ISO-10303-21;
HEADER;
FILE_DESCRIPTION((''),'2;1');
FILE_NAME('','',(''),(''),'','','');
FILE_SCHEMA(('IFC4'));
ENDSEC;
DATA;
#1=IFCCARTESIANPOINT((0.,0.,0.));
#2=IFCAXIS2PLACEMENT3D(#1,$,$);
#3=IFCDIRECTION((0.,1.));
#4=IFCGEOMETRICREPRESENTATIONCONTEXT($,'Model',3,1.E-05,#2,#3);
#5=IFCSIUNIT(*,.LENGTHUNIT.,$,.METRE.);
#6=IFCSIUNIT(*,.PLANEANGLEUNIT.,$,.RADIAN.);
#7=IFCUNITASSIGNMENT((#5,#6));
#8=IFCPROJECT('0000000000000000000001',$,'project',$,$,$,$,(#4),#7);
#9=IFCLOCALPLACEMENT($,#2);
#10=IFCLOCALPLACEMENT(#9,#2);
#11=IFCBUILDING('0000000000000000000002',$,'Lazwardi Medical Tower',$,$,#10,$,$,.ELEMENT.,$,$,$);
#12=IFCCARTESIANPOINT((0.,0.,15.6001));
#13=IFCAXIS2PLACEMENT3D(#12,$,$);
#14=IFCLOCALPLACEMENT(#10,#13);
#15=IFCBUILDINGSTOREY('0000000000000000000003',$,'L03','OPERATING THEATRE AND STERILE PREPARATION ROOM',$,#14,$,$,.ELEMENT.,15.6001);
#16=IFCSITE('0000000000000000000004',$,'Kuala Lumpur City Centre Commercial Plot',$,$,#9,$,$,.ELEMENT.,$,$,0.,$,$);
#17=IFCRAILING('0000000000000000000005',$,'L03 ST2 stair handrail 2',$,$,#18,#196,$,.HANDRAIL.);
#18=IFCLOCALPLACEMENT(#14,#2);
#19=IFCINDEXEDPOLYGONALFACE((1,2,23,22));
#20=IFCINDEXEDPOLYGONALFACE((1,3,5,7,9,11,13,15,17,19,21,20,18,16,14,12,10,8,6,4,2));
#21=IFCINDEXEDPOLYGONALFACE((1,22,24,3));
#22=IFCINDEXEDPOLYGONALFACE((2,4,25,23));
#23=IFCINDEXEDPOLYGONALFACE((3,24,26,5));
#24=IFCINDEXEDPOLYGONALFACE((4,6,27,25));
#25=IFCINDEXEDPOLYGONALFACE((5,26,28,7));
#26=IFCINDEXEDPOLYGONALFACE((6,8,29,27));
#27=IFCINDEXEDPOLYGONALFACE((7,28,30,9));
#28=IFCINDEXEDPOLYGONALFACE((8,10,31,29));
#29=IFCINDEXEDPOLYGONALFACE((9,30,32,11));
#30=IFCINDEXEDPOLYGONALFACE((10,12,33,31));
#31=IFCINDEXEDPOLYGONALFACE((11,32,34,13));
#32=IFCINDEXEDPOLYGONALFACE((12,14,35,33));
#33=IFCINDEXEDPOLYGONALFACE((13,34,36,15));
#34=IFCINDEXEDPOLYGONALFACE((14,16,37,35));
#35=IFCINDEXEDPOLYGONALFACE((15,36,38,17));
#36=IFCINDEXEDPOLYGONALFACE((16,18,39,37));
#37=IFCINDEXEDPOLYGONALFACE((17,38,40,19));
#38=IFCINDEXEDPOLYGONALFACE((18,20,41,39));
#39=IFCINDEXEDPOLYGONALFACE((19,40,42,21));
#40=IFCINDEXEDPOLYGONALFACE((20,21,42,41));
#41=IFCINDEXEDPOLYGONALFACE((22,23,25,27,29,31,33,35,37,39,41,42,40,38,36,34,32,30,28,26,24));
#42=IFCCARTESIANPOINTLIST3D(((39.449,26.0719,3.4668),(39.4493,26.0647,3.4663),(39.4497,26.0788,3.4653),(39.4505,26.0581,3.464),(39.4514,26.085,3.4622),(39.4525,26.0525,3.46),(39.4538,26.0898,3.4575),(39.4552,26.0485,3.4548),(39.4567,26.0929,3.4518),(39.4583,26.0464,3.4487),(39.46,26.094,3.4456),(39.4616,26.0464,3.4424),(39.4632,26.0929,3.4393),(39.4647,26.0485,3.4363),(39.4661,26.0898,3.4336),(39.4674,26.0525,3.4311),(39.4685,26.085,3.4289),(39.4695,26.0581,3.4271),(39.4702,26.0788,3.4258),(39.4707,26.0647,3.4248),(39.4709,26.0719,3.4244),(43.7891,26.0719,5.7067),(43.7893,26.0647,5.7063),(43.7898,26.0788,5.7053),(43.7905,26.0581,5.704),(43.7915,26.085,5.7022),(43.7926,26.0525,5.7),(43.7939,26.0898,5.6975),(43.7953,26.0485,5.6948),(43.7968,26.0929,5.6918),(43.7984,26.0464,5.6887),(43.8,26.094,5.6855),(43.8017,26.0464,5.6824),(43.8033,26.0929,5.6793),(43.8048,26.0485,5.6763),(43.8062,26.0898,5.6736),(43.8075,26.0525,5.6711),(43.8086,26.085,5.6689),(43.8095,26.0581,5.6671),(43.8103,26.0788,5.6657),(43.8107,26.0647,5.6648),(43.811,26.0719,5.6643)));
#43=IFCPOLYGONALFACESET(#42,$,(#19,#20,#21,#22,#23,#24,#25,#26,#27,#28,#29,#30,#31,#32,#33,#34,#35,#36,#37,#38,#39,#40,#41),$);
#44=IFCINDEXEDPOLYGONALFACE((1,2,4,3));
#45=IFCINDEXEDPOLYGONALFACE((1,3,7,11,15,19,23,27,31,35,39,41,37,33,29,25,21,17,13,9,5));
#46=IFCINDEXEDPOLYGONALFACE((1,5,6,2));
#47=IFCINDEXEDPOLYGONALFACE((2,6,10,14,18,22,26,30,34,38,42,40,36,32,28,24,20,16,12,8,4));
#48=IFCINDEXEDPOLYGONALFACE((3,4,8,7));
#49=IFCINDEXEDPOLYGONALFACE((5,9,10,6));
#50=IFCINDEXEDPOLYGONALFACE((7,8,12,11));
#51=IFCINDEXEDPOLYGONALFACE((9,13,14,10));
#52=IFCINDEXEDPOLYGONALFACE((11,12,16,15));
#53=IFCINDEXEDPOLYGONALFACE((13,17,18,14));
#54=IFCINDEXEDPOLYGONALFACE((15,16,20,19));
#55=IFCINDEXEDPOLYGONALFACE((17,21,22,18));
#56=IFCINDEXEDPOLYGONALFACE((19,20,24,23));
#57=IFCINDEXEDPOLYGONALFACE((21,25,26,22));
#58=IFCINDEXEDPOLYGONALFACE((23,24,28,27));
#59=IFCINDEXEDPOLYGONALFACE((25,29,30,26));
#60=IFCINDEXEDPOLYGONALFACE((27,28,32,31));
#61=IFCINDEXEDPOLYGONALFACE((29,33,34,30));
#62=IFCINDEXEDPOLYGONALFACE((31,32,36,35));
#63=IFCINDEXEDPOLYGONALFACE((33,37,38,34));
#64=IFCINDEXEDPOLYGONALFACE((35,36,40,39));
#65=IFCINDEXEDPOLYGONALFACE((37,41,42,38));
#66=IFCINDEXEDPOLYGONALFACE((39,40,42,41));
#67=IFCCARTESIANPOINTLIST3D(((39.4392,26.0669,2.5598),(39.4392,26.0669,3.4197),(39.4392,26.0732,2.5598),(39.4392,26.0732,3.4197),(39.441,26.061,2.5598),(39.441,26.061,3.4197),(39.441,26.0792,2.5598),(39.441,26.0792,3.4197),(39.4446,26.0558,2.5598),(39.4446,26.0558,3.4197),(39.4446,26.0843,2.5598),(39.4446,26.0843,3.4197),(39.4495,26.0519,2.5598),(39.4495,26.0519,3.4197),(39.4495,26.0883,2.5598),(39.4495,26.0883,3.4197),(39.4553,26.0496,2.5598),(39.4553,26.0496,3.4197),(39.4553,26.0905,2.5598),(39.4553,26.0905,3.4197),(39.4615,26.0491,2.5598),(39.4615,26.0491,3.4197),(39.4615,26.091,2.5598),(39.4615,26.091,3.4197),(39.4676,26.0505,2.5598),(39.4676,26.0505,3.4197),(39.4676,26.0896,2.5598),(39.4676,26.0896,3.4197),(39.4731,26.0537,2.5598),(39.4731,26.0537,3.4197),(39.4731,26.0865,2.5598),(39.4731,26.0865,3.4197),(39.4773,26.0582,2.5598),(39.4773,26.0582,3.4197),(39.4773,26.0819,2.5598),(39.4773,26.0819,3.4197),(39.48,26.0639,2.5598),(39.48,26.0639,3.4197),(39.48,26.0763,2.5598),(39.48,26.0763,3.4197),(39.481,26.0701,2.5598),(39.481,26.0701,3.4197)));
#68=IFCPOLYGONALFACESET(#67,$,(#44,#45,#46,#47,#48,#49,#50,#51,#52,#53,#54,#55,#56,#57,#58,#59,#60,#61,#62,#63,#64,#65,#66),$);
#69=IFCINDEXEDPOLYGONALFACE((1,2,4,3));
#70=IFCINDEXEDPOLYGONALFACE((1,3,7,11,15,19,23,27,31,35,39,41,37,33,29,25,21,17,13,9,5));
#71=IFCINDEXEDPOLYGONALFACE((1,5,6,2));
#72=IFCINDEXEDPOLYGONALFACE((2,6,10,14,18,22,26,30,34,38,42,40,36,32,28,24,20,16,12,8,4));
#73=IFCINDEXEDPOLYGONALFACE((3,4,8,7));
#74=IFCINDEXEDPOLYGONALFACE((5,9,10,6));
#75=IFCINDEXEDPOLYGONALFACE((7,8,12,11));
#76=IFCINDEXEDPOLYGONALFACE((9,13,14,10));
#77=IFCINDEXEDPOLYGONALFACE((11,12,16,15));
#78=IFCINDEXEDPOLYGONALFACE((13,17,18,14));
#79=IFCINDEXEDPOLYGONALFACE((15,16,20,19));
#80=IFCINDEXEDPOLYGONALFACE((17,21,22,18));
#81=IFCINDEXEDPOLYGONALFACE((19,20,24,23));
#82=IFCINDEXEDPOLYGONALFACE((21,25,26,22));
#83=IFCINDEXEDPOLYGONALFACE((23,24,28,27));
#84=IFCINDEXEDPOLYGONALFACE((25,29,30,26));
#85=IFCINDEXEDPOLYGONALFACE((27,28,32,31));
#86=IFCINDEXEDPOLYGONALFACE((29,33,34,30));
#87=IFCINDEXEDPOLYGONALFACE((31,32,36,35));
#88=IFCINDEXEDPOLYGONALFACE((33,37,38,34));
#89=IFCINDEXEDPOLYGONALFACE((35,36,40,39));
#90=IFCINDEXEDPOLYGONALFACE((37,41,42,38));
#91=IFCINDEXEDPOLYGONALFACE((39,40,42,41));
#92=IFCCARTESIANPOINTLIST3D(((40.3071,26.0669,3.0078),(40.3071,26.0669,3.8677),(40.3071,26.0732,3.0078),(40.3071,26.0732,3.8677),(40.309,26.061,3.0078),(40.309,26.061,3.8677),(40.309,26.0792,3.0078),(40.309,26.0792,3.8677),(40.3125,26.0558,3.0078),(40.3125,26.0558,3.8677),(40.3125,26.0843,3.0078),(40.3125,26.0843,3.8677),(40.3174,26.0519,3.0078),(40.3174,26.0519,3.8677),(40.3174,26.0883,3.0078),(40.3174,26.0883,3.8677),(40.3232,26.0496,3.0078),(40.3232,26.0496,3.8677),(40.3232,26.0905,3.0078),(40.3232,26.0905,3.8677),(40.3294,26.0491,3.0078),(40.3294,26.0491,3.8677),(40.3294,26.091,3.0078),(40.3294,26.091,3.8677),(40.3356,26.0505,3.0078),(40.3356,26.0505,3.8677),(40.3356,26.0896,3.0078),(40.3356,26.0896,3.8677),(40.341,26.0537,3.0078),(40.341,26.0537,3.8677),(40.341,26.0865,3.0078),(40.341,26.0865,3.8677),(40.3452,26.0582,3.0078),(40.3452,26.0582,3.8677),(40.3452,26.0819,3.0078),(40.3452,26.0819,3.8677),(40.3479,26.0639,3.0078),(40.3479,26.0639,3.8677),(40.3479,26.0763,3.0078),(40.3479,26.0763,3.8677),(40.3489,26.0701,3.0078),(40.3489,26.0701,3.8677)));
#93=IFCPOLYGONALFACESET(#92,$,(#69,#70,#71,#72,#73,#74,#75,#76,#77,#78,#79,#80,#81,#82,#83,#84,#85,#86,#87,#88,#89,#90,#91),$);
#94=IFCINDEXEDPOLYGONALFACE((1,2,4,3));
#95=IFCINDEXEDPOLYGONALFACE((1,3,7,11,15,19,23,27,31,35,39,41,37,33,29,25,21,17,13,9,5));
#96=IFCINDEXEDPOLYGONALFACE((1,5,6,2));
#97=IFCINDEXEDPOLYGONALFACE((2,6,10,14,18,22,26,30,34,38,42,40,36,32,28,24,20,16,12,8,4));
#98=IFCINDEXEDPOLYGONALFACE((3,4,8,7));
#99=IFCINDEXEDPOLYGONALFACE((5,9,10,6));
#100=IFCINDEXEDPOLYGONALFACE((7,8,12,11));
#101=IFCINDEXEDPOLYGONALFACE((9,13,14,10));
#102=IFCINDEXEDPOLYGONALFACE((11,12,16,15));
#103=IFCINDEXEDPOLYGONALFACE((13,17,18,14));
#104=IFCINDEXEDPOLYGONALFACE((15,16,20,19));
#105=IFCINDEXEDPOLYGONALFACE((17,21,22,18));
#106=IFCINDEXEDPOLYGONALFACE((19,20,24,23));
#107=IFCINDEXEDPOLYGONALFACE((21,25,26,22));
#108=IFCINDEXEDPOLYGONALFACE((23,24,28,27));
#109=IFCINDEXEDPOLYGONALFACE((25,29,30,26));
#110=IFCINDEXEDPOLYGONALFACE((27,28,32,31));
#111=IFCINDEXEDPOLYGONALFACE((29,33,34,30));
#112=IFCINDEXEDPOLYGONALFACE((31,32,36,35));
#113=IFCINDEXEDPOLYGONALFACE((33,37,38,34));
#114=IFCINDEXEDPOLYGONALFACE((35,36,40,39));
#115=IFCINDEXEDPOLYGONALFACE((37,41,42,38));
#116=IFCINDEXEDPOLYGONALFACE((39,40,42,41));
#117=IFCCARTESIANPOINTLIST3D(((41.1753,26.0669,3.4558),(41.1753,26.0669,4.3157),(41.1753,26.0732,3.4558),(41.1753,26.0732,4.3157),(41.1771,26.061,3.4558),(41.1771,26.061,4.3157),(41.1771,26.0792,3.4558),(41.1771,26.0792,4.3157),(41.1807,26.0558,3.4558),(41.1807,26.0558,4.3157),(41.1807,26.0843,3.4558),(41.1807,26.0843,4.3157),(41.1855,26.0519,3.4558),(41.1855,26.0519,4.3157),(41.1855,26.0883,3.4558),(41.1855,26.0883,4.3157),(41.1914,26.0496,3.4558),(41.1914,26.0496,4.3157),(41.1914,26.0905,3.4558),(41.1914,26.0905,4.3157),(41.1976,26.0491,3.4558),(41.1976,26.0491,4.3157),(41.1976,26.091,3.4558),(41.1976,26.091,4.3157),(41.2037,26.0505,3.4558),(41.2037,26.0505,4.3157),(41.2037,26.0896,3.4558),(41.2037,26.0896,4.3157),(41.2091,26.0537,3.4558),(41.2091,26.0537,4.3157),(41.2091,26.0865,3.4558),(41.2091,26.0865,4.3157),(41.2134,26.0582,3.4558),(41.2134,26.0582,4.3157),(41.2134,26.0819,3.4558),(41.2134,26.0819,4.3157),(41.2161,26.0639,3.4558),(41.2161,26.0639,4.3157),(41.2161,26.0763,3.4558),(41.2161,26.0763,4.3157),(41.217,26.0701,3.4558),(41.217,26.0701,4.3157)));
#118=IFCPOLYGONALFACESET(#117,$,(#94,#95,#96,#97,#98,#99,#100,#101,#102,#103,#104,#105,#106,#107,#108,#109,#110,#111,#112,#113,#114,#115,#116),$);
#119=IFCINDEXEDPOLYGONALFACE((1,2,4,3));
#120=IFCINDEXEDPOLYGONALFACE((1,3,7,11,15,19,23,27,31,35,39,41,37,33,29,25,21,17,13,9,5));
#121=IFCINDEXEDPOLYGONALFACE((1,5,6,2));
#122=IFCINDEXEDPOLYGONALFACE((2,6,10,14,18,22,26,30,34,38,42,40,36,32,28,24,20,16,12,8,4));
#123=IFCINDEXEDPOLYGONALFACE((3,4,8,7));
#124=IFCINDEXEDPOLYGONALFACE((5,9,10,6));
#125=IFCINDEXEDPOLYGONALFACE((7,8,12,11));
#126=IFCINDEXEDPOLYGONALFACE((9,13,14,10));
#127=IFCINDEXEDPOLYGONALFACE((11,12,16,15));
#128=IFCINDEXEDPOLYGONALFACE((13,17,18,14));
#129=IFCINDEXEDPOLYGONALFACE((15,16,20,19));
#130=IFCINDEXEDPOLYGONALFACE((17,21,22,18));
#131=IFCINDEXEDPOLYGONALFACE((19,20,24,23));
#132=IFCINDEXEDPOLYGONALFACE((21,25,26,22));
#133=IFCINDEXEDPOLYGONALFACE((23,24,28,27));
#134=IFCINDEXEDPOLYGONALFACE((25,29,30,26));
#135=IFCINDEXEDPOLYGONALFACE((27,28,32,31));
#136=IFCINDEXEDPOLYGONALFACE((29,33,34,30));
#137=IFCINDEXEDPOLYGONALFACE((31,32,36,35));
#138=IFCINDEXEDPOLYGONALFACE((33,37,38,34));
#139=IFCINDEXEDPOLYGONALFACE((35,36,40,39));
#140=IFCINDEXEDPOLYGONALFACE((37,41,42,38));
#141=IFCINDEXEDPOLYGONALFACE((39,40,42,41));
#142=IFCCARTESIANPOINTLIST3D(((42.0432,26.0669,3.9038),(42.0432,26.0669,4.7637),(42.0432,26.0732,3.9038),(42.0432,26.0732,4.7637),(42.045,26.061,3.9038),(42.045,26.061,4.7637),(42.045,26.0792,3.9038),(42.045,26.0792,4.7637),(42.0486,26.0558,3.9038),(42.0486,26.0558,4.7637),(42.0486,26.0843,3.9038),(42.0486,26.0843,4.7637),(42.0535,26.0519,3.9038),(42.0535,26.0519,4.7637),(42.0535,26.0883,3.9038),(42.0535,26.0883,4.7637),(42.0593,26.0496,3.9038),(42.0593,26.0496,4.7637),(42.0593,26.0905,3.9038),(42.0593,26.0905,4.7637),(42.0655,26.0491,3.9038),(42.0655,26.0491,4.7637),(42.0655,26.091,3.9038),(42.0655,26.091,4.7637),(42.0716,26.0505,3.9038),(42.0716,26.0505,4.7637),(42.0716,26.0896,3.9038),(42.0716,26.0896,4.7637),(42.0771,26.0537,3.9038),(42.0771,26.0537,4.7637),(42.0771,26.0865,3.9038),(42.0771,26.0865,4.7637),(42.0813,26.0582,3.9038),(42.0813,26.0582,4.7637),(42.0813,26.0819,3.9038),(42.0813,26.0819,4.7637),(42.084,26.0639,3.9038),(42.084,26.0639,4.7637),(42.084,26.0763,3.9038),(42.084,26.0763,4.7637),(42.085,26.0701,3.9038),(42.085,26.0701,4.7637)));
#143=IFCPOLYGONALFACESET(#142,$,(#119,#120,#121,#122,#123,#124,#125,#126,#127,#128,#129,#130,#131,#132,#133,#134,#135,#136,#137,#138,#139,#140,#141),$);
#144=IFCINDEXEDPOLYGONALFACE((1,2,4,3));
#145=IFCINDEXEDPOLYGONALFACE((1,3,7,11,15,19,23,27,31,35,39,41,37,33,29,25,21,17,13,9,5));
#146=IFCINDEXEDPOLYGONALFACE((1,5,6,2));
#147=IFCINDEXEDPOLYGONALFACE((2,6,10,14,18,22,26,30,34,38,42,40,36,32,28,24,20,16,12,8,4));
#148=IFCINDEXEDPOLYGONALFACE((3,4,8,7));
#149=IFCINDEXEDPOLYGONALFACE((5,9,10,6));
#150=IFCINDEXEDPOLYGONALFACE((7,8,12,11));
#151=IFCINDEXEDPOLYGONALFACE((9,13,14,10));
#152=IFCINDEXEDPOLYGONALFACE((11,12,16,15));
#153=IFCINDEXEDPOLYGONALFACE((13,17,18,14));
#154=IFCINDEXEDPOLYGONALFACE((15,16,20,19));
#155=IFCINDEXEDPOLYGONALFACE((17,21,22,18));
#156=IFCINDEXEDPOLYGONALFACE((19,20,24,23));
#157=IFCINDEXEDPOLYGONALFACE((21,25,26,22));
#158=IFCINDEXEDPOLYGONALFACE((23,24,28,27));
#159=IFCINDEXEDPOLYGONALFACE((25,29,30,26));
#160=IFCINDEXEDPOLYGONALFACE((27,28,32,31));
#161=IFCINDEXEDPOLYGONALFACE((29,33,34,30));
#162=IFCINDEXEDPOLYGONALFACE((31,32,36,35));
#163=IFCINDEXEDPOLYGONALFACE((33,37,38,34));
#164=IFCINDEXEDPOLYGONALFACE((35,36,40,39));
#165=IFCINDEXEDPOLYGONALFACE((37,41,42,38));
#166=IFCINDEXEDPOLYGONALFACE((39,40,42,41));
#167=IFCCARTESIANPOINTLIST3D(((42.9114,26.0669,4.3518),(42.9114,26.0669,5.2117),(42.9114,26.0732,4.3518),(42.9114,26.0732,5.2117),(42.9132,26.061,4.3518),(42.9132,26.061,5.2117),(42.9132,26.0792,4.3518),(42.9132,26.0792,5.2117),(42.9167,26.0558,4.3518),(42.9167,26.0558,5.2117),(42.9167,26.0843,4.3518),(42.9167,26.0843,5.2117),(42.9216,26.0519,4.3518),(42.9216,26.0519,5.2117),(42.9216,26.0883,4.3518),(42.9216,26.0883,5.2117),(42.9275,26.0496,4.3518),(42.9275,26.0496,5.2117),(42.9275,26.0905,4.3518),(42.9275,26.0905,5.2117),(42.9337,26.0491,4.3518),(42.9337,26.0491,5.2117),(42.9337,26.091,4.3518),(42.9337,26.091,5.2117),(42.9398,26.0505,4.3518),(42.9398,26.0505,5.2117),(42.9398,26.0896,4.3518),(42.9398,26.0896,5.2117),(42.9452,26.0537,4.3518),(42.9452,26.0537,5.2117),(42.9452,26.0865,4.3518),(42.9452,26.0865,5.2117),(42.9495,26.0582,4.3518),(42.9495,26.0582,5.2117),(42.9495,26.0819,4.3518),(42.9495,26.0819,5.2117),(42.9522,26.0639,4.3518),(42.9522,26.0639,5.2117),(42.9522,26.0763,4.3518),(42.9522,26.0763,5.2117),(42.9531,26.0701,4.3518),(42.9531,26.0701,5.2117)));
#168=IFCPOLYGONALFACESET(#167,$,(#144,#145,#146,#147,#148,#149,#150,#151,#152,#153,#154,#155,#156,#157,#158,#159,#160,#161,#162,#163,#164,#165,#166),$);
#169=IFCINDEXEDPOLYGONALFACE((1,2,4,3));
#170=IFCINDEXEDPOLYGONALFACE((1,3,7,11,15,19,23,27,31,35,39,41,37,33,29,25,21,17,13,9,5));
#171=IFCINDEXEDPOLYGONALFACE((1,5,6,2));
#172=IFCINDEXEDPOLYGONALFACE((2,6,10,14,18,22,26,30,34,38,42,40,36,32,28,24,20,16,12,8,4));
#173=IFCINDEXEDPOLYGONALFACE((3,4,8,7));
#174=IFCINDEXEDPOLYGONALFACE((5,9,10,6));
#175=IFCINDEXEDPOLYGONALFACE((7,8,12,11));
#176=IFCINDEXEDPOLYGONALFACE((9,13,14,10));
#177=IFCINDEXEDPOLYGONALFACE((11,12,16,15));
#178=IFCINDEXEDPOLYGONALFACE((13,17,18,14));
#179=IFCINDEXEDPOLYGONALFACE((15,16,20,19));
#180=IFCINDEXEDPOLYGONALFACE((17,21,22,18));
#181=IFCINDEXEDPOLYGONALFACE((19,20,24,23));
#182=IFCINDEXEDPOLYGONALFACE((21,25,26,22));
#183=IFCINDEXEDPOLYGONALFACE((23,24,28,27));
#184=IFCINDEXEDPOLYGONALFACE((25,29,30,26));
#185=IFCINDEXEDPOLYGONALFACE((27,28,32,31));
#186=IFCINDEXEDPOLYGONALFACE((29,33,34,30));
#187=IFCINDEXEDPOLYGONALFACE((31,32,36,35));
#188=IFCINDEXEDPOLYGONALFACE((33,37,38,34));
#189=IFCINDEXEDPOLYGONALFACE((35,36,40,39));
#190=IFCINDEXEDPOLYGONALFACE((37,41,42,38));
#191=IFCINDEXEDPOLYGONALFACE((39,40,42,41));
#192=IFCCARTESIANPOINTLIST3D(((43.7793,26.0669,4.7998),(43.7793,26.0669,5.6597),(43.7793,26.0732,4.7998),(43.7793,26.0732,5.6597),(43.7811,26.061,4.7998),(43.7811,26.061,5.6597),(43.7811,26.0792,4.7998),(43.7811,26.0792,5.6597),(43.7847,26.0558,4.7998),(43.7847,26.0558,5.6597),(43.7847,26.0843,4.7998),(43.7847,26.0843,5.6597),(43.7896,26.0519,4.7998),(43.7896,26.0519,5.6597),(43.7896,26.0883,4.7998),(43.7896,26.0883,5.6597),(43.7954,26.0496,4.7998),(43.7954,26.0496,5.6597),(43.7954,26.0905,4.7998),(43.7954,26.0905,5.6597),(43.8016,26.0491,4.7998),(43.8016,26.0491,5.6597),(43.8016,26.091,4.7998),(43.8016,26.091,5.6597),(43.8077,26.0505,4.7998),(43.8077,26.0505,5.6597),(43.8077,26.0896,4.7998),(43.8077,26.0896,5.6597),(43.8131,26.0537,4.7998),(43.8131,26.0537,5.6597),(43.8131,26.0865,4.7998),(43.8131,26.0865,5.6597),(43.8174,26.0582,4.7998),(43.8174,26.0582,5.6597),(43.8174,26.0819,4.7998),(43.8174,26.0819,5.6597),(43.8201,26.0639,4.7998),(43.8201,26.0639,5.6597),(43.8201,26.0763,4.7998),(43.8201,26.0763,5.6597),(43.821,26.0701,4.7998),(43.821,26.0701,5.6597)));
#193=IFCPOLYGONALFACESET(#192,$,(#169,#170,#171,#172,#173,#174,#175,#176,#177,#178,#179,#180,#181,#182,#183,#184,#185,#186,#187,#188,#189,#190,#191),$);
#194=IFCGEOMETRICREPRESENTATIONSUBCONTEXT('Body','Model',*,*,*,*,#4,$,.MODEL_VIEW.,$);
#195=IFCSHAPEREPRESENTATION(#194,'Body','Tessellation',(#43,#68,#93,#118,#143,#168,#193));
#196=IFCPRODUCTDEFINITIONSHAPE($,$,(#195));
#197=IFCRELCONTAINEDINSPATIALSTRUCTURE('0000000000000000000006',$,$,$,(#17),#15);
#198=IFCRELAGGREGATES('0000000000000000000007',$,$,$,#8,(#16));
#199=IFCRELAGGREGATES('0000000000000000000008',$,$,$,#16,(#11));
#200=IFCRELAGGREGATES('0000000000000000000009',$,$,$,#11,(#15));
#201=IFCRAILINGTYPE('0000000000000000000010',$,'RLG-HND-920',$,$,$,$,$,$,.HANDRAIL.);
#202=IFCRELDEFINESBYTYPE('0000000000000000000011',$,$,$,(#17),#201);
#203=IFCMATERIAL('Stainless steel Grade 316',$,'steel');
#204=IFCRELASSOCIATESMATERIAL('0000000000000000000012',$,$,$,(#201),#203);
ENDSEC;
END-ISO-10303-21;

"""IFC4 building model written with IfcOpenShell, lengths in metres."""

from ifc_helpers import new_model, si_unit, direction, frame, origin, origin_2d, place, context, subcontext, project, spatial, circle, extrude, material, type_object, element, save


model = new_model("IFC4")

# Units and contexts
model_context = context("Model", 3, precision=1e-05, world=origin(), true_north=direction((0.0, 1.0)))
body_context = subcontext(model_context, "Body", "Model", "MODEL_VIEW")
ifc_project = project(units=[si_unit("LENGTHUNIT", "METRE"), si_unit("PLANEANGLEUNIT", "RADIAN")], contexts=[model_context])

# Site, building, storey
site_placement = place(None, origin())
site = spatial("IfcSite", under=ifc_project, at=site_placement, Name="Kuala Lumpur City Centre Commercial Plot", CompositionType="ELEMENT", RefElevation=0.0)
building_placement = place(site_placement, origin())
building = spatial("IfcBuilding", under=site, at=building_placement, Name="Lazwardi Medical Tower", CompositionType="ELEMENT")
storey_placement = place(building_placement, frame((0.0, 0.0, 15.6001)))
storey = spatial("IfcBuildingStorey", under=building, at=storey_placement, Name="L03", Description="OPERATING THEATRE AND STERILE PREPARATION ROOM", CompositionType="ELEMENT", Elevation=15.6001)

# Railing
ifc_material_1 = material(Name="Stainless steel Grade 316", Category="steel")
railing_type_1 = type_object("IfcRailingType", Name="RLG-HND-920", PredefinedType="HANDRAIL", material=ifc_material_1)
railing_1_placement = place(storey_placement, frame((39.46, 26.0701, 2.5598)))
element("IfcRailing", 1, at=railing_1_placement, inside=storey, type_object=railing_type_1, Name="L03 ST2 stair handrail 2", PredefinedType="HANDRAIL", context=body_context, shape_type="SweptSolid", body=[
    extrude(circle(Radius=0.0239, at=origin_2d()), frame((0.0, 0.0, 0.8857), z_axis=(0.888625, 0.0, 0.458634), x_axis=(0.0, 1.0, 0.0)), (0.0, 0.0, 1.0), 4.884),
    extrude(circle(Radius=0.021, at=origin_2d()), origin(), (0.0, 0.0, 1.0), 0.8599),
    extrude(circle(Radius=0.021, at=origin_2d()), frame((0.8679, 0.0, 0.448)), (0.0, 0.0, 1.0), 0.8599),
    extrude(circle(Radius=0.021, at=origin_2d()), frame((1.7361, 0.0, 0.896)), (0.0, 0.0, 1.0), 0.8599),
    extrude(circle(Radius=0.021, at=origin_2d()), frame((2.604, 0.0, 1.344)), (0.0, 0.0, 1.0), 0.8599),
    extrude(circle(Radius=0.021, at=origin_2d()), frame((3.4722, 0.0, 1.792)), (0.0, 0.0, 1.0), 0.8599),
    extrude(circle(Radius=0.021, at=origin_2d()), frame((4.3401, 0.0, 2.24)), (0.0, 0.0, 1.0), 0.8599),
])

save(model, "model.ifc")
